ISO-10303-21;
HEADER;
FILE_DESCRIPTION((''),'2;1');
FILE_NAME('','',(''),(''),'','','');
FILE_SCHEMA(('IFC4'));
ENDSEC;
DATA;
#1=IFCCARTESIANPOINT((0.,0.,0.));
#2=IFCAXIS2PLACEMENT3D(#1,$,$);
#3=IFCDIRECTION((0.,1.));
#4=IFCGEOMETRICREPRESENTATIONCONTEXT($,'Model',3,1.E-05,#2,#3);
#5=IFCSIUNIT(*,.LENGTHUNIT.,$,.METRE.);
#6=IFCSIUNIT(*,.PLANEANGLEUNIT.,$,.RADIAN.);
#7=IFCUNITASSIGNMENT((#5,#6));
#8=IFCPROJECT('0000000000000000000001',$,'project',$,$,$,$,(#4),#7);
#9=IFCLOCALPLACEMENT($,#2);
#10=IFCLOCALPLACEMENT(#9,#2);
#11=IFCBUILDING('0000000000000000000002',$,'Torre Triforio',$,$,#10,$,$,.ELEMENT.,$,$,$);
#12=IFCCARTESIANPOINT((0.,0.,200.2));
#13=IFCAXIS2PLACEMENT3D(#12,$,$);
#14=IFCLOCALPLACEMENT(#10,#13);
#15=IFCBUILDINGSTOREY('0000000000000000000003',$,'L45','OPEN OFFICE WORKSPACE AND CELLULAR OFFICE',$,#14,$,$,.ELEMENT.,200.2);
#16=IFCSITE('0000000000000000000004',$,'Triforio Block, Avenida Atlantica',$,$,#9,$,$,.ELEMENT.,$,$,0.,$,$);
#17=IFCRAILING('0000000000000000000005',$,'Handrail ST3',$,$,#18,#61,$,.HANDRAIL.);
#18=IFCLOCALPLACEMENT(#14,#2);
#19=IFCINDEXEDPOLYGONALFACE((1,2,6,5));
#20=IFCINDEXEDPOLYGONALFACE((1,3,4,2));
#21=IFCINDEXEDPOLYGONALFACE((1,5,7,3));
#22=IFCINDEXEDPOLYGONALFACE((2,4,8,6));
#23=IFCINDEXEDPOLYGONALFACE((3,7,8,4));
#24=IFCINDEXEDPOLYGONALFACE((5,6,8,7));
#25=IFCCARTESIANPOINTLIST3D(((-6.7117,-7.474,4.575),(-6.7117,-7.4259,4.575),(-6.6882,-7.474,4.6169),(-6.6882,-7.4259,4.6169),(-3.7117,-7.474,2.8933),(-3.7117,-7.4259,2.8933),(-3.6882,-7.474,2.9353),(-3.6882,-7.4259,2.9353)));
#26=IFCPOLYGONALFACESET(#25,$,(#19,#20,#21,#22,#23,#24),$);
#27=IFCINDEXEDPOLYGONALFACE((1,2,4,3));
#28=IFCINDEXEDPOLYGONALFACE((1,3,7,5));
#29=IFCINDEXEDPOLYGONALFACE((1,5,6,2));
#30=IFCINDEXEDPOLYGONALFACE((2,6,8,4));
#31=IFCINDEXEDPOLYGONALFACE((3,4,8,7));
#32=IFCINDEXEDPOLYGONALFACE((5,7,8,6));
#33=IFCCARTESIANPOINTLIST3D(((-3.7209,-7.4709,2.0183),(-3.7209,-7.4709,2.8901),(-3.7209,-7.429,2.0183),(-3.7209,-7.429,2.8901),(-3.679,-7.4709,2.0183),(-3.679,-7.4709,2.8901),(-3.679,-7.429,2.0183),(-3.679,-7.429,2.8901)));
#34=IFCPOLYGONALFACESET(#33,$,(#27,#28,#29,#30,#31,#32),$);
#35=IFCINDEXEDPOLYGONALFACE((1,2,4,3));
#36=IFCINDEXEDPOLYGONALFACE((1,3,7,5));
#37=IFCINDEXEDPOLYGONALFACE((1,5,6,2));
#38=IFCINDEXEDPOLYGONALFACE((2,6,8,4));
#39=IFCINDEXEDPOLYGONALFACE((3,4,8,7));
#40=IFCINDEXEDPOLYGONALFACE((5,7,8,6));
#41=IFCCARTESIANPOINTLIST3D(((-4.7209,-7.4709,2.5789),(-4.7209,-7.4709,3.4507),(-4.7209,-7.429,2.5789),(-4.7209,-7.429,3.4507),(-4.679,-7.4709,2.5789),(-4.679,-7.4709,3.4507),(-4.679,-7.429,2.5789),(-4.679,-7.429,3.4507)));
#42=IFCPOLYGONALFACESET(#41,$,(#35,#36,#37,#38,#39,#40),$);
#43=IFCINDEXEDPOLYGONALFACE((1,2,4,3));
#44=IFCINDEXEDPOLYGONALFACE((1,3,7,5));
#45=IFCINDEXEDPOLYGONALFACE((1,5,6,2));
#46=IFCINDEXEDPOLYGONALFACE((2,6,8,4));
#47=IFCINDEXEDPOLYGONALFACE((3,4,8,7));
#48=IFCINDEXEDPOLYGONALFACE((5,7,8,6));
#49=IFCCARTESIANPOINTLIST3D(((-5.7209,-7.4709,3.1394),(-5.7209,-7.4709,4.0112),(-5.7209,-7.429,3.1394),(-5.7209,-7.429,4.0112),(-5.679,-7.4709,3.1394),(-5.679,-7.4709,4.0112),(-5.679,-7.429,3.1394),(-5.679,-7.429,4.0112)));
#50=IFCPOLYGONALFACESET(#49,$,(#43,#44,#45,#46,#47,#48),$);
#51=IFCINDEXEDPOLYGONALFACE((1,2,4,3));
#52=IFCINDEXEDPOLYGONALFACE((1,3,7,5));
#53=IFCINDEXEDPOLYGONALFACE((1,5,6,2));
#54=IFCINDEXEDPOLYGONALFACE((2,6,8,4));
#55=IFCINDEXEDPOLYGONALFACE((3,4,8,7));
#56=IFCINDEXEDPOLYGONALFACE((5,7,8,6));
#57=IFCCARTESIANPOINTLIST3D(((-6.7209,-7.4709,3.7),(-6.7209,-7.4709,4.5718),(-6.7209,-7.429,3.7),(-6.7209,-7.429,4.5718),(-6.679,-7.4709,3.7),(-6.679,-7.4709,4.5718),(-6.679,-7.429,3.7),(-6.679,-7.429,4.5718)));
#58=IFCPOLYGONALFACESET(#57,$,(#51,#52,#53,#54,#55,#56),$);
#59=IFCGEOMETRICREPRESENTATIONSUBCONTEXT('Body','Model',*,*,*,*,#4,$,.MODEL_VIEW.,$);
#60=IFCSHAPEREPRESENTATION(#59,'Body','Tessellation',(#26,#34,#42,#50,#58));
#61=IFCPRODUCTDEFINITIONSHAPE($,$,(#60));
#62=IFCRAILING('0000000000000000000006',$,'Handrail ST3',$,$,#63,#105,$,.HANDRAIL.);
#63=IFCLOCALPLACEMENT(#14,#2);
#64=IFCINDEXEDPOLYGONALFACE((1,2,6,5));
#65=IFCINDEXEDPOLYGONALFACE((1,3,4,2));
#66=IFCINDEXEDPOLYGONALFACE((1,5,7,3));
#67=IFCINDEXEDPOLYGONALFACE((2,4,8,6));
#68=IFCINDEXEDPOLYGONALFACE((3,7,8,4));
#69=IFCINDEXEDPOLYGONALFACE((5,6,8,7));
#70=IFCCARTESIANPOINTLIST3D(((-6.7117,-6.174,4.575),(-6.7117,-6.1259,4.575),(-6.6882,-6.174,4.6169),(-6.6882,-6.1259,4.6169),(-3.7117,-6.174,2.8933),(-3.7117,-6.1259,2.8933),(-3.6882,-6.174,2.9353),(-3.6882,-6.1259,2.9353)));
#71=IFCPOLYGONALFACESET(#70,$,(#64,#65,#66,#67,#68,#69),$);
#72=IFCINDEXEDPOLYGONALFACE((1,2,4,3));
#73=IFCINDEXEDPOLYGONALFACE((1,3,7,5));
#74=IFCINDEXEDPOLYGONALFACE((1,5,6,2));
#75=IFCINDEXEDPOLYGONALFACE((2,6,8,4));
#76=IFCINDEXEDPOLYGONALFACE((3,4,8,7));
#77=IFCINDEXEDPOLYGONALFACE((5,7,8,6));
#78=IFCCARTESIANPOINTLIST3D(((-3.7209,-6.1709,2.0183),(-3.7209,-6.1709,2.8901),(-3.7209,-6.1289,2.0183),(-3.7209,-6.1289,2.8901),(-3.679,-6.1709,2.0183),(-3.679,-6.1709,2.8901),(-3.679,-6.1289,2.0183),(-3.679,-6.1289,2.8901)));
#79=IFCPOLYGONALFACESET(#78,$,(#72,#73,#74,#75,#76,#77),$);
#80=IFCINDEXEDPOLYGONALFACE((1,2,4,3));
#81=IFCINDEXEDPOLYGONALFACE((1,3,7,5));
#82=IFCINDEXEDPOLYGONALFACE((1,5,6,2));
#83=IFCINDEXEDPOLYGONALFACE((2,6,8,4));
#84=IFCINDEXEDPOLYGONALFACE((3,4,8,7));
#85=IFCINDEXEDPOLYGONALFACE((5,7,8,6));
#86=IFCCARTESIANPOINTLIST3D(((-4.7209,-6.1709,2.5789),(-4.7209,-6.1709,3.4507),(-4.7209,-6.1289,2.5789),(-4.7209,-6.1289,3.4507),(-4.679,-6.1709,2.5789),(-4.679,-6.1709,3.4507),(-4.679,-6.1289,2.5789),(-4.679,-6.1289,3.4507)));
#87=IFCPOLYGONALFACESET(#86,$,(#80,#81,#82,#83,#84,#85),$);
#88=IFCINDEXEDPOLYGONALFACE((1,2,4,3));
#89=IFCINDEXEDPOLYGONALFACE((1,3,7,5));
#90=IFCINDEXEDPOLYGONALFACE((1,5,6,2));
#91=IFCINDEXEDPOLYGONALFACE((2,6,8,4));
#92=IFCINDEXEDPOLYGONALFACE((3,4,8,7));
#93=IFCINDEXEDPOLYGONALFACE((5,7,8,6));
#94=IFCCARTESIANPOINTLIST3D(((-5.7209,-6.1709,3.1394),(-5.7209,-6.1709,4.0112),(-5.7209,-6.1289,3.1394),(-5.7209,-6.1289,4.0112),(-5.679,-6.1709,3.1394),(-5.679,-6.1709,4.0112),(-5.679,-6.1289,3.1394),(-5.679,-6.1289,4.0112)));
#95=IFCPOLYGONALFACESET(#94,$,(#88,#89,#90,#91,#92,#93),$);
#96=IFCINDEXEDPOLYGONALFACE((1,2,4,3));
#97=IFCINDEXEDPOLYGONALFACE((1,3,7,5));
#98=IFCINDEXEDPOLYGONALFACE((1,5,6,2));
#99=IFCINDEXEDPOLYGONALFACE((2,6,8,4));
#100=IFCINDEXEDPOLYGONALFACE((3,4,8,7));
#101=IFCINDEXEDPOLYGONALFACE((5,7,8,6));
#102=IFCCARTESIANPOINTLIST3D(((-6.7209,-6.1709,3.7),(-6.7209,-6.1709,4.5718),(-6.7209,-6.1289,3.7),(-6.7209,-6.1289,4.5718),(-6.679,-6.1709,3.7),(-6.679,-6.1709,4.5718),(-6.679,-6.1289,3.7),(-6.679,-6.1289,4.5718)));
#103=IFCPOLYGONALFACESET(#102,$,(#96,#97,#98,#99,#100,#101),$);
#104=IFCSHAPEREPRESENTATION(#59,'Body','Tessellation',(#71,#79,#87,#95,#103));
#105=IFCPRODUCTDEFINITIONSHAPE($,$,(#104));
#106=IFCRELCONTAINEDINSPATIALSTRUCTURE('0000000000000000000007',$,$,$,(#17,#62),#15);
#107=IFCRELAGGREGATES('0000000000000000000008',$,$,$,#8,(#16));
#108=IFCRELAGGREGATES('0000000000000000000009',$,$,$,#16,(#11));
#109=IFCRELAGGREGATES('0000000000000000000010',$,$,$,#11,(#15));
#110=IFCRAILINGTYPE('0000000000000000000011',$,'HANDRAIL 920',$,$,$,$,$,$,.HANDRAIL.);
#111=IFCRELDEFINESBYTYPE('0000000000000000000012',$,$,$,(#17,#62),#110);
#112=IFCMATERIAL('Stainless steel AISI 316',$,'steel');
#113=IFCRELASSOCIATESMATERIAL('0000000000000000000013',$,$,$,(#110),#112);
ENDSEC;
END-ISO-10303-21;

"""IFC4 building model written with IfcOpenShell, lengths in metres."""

from ifc_helpers import new_model, si_unit, direction, frame, origin, origin_2d, place, context, subcontext, project, spatial, rectangle, extrude, material, type_object, element, save


model = new_model("IFC4")

# Units and contexts
model_context = context("Model", 3, precision=1e-05, world=origin(), true_north=direction((0.0, 1.0)))
body_context = subcontext(model_context, "Body", "Model", "MODEL_VIEW")
ifc_project = project(units=[si_unit("LENGTHUNIT", "METRE"), si_unit("PLANEANGLEUNIT", "RADIAN")], contexts=[model_context])

# Site, building, storey
site_placement = place(None, origin())
site = spatial("IfcSite", under=ifc_project, at=site_placement, Name="Triforio Block, Avenida Atlantica", CompositionType="ELEMENT", RefElevation=0.0)
building_placement = place(site_placement, origin())
building = spatial("IfcBuilding", under=site, at=building_placement, Name="Torre Triforio", CompositionType="ELEMENT")
storey_placement = place(building_placement, frame((0.0, 0.0, 200.2)))
storey = spatial("IfcBuildingStorey", under=building, at=storey_placement, Name="L45", Description="OPEN OFFICE WORKSPACE AND CELLULAR OFFICE", CompositionType="ELEMENT", Elevation=200.2)

# Railings
ifc_material_1 = material(Name="Stainless steel AISI 316", Category="steel")
railing_type = type_object("IfcRailingType", Name="HANDRAIL 920", PredefinedType="HANDRAIL", material=ifc_material_1)
for number, where, name in (
    (1, (-3.7, -7.45, 2.0183), "Handrail ST3"),
    (2, (-3.7, -6.1499, 2.0183), "Handrail ST3"),
):
    element("IfcRailing", number, at=place(storey_placement, frame(where)), inside=storey, type_object=railing_type, Name=name, PredefinedType="HANDRAIL", context=body_context, shape_type="SweptSolid", body=[
        extrude(rectangle(XDim=0.0481, YDim=0.0481, at=origin_2d()), frame((0.0, 0.0, 0.896), z_axis=(-0.872303, 0.0, 0.488966), x_axis=(0.0, -1.0, 0.0)), (0.0, 0.0, 1.0), 3.4392),
        extrude(rectangle(XDim=0.042, YDim=0.042, at=origin_2d()), origin(), (0.0, 0.0, 1.0), 0.8718),
        extrude(rectangle(XDim=0.042, YDim=0.042, at=origin_2d()), frame((-1.0, 0.0, 0.5605)), (0.0, 0.0, 1.0), 0.8718),
        extrude(rectangle(XDim=0.042, YDim=0.042, at=origin_2d()), frame((-2.0, 0.0, 1.1211)), (0.0, 0.0, 1.0), 0.8718),
        extrude(rectangle(XDim=0.042, YDim=0.042, at=origin_2d()), frame((-3.0, 0.0, 1.6816)), (0.0, 0.0, 1.0), 0.8718),
    ])

save(model, "model.ifc")
